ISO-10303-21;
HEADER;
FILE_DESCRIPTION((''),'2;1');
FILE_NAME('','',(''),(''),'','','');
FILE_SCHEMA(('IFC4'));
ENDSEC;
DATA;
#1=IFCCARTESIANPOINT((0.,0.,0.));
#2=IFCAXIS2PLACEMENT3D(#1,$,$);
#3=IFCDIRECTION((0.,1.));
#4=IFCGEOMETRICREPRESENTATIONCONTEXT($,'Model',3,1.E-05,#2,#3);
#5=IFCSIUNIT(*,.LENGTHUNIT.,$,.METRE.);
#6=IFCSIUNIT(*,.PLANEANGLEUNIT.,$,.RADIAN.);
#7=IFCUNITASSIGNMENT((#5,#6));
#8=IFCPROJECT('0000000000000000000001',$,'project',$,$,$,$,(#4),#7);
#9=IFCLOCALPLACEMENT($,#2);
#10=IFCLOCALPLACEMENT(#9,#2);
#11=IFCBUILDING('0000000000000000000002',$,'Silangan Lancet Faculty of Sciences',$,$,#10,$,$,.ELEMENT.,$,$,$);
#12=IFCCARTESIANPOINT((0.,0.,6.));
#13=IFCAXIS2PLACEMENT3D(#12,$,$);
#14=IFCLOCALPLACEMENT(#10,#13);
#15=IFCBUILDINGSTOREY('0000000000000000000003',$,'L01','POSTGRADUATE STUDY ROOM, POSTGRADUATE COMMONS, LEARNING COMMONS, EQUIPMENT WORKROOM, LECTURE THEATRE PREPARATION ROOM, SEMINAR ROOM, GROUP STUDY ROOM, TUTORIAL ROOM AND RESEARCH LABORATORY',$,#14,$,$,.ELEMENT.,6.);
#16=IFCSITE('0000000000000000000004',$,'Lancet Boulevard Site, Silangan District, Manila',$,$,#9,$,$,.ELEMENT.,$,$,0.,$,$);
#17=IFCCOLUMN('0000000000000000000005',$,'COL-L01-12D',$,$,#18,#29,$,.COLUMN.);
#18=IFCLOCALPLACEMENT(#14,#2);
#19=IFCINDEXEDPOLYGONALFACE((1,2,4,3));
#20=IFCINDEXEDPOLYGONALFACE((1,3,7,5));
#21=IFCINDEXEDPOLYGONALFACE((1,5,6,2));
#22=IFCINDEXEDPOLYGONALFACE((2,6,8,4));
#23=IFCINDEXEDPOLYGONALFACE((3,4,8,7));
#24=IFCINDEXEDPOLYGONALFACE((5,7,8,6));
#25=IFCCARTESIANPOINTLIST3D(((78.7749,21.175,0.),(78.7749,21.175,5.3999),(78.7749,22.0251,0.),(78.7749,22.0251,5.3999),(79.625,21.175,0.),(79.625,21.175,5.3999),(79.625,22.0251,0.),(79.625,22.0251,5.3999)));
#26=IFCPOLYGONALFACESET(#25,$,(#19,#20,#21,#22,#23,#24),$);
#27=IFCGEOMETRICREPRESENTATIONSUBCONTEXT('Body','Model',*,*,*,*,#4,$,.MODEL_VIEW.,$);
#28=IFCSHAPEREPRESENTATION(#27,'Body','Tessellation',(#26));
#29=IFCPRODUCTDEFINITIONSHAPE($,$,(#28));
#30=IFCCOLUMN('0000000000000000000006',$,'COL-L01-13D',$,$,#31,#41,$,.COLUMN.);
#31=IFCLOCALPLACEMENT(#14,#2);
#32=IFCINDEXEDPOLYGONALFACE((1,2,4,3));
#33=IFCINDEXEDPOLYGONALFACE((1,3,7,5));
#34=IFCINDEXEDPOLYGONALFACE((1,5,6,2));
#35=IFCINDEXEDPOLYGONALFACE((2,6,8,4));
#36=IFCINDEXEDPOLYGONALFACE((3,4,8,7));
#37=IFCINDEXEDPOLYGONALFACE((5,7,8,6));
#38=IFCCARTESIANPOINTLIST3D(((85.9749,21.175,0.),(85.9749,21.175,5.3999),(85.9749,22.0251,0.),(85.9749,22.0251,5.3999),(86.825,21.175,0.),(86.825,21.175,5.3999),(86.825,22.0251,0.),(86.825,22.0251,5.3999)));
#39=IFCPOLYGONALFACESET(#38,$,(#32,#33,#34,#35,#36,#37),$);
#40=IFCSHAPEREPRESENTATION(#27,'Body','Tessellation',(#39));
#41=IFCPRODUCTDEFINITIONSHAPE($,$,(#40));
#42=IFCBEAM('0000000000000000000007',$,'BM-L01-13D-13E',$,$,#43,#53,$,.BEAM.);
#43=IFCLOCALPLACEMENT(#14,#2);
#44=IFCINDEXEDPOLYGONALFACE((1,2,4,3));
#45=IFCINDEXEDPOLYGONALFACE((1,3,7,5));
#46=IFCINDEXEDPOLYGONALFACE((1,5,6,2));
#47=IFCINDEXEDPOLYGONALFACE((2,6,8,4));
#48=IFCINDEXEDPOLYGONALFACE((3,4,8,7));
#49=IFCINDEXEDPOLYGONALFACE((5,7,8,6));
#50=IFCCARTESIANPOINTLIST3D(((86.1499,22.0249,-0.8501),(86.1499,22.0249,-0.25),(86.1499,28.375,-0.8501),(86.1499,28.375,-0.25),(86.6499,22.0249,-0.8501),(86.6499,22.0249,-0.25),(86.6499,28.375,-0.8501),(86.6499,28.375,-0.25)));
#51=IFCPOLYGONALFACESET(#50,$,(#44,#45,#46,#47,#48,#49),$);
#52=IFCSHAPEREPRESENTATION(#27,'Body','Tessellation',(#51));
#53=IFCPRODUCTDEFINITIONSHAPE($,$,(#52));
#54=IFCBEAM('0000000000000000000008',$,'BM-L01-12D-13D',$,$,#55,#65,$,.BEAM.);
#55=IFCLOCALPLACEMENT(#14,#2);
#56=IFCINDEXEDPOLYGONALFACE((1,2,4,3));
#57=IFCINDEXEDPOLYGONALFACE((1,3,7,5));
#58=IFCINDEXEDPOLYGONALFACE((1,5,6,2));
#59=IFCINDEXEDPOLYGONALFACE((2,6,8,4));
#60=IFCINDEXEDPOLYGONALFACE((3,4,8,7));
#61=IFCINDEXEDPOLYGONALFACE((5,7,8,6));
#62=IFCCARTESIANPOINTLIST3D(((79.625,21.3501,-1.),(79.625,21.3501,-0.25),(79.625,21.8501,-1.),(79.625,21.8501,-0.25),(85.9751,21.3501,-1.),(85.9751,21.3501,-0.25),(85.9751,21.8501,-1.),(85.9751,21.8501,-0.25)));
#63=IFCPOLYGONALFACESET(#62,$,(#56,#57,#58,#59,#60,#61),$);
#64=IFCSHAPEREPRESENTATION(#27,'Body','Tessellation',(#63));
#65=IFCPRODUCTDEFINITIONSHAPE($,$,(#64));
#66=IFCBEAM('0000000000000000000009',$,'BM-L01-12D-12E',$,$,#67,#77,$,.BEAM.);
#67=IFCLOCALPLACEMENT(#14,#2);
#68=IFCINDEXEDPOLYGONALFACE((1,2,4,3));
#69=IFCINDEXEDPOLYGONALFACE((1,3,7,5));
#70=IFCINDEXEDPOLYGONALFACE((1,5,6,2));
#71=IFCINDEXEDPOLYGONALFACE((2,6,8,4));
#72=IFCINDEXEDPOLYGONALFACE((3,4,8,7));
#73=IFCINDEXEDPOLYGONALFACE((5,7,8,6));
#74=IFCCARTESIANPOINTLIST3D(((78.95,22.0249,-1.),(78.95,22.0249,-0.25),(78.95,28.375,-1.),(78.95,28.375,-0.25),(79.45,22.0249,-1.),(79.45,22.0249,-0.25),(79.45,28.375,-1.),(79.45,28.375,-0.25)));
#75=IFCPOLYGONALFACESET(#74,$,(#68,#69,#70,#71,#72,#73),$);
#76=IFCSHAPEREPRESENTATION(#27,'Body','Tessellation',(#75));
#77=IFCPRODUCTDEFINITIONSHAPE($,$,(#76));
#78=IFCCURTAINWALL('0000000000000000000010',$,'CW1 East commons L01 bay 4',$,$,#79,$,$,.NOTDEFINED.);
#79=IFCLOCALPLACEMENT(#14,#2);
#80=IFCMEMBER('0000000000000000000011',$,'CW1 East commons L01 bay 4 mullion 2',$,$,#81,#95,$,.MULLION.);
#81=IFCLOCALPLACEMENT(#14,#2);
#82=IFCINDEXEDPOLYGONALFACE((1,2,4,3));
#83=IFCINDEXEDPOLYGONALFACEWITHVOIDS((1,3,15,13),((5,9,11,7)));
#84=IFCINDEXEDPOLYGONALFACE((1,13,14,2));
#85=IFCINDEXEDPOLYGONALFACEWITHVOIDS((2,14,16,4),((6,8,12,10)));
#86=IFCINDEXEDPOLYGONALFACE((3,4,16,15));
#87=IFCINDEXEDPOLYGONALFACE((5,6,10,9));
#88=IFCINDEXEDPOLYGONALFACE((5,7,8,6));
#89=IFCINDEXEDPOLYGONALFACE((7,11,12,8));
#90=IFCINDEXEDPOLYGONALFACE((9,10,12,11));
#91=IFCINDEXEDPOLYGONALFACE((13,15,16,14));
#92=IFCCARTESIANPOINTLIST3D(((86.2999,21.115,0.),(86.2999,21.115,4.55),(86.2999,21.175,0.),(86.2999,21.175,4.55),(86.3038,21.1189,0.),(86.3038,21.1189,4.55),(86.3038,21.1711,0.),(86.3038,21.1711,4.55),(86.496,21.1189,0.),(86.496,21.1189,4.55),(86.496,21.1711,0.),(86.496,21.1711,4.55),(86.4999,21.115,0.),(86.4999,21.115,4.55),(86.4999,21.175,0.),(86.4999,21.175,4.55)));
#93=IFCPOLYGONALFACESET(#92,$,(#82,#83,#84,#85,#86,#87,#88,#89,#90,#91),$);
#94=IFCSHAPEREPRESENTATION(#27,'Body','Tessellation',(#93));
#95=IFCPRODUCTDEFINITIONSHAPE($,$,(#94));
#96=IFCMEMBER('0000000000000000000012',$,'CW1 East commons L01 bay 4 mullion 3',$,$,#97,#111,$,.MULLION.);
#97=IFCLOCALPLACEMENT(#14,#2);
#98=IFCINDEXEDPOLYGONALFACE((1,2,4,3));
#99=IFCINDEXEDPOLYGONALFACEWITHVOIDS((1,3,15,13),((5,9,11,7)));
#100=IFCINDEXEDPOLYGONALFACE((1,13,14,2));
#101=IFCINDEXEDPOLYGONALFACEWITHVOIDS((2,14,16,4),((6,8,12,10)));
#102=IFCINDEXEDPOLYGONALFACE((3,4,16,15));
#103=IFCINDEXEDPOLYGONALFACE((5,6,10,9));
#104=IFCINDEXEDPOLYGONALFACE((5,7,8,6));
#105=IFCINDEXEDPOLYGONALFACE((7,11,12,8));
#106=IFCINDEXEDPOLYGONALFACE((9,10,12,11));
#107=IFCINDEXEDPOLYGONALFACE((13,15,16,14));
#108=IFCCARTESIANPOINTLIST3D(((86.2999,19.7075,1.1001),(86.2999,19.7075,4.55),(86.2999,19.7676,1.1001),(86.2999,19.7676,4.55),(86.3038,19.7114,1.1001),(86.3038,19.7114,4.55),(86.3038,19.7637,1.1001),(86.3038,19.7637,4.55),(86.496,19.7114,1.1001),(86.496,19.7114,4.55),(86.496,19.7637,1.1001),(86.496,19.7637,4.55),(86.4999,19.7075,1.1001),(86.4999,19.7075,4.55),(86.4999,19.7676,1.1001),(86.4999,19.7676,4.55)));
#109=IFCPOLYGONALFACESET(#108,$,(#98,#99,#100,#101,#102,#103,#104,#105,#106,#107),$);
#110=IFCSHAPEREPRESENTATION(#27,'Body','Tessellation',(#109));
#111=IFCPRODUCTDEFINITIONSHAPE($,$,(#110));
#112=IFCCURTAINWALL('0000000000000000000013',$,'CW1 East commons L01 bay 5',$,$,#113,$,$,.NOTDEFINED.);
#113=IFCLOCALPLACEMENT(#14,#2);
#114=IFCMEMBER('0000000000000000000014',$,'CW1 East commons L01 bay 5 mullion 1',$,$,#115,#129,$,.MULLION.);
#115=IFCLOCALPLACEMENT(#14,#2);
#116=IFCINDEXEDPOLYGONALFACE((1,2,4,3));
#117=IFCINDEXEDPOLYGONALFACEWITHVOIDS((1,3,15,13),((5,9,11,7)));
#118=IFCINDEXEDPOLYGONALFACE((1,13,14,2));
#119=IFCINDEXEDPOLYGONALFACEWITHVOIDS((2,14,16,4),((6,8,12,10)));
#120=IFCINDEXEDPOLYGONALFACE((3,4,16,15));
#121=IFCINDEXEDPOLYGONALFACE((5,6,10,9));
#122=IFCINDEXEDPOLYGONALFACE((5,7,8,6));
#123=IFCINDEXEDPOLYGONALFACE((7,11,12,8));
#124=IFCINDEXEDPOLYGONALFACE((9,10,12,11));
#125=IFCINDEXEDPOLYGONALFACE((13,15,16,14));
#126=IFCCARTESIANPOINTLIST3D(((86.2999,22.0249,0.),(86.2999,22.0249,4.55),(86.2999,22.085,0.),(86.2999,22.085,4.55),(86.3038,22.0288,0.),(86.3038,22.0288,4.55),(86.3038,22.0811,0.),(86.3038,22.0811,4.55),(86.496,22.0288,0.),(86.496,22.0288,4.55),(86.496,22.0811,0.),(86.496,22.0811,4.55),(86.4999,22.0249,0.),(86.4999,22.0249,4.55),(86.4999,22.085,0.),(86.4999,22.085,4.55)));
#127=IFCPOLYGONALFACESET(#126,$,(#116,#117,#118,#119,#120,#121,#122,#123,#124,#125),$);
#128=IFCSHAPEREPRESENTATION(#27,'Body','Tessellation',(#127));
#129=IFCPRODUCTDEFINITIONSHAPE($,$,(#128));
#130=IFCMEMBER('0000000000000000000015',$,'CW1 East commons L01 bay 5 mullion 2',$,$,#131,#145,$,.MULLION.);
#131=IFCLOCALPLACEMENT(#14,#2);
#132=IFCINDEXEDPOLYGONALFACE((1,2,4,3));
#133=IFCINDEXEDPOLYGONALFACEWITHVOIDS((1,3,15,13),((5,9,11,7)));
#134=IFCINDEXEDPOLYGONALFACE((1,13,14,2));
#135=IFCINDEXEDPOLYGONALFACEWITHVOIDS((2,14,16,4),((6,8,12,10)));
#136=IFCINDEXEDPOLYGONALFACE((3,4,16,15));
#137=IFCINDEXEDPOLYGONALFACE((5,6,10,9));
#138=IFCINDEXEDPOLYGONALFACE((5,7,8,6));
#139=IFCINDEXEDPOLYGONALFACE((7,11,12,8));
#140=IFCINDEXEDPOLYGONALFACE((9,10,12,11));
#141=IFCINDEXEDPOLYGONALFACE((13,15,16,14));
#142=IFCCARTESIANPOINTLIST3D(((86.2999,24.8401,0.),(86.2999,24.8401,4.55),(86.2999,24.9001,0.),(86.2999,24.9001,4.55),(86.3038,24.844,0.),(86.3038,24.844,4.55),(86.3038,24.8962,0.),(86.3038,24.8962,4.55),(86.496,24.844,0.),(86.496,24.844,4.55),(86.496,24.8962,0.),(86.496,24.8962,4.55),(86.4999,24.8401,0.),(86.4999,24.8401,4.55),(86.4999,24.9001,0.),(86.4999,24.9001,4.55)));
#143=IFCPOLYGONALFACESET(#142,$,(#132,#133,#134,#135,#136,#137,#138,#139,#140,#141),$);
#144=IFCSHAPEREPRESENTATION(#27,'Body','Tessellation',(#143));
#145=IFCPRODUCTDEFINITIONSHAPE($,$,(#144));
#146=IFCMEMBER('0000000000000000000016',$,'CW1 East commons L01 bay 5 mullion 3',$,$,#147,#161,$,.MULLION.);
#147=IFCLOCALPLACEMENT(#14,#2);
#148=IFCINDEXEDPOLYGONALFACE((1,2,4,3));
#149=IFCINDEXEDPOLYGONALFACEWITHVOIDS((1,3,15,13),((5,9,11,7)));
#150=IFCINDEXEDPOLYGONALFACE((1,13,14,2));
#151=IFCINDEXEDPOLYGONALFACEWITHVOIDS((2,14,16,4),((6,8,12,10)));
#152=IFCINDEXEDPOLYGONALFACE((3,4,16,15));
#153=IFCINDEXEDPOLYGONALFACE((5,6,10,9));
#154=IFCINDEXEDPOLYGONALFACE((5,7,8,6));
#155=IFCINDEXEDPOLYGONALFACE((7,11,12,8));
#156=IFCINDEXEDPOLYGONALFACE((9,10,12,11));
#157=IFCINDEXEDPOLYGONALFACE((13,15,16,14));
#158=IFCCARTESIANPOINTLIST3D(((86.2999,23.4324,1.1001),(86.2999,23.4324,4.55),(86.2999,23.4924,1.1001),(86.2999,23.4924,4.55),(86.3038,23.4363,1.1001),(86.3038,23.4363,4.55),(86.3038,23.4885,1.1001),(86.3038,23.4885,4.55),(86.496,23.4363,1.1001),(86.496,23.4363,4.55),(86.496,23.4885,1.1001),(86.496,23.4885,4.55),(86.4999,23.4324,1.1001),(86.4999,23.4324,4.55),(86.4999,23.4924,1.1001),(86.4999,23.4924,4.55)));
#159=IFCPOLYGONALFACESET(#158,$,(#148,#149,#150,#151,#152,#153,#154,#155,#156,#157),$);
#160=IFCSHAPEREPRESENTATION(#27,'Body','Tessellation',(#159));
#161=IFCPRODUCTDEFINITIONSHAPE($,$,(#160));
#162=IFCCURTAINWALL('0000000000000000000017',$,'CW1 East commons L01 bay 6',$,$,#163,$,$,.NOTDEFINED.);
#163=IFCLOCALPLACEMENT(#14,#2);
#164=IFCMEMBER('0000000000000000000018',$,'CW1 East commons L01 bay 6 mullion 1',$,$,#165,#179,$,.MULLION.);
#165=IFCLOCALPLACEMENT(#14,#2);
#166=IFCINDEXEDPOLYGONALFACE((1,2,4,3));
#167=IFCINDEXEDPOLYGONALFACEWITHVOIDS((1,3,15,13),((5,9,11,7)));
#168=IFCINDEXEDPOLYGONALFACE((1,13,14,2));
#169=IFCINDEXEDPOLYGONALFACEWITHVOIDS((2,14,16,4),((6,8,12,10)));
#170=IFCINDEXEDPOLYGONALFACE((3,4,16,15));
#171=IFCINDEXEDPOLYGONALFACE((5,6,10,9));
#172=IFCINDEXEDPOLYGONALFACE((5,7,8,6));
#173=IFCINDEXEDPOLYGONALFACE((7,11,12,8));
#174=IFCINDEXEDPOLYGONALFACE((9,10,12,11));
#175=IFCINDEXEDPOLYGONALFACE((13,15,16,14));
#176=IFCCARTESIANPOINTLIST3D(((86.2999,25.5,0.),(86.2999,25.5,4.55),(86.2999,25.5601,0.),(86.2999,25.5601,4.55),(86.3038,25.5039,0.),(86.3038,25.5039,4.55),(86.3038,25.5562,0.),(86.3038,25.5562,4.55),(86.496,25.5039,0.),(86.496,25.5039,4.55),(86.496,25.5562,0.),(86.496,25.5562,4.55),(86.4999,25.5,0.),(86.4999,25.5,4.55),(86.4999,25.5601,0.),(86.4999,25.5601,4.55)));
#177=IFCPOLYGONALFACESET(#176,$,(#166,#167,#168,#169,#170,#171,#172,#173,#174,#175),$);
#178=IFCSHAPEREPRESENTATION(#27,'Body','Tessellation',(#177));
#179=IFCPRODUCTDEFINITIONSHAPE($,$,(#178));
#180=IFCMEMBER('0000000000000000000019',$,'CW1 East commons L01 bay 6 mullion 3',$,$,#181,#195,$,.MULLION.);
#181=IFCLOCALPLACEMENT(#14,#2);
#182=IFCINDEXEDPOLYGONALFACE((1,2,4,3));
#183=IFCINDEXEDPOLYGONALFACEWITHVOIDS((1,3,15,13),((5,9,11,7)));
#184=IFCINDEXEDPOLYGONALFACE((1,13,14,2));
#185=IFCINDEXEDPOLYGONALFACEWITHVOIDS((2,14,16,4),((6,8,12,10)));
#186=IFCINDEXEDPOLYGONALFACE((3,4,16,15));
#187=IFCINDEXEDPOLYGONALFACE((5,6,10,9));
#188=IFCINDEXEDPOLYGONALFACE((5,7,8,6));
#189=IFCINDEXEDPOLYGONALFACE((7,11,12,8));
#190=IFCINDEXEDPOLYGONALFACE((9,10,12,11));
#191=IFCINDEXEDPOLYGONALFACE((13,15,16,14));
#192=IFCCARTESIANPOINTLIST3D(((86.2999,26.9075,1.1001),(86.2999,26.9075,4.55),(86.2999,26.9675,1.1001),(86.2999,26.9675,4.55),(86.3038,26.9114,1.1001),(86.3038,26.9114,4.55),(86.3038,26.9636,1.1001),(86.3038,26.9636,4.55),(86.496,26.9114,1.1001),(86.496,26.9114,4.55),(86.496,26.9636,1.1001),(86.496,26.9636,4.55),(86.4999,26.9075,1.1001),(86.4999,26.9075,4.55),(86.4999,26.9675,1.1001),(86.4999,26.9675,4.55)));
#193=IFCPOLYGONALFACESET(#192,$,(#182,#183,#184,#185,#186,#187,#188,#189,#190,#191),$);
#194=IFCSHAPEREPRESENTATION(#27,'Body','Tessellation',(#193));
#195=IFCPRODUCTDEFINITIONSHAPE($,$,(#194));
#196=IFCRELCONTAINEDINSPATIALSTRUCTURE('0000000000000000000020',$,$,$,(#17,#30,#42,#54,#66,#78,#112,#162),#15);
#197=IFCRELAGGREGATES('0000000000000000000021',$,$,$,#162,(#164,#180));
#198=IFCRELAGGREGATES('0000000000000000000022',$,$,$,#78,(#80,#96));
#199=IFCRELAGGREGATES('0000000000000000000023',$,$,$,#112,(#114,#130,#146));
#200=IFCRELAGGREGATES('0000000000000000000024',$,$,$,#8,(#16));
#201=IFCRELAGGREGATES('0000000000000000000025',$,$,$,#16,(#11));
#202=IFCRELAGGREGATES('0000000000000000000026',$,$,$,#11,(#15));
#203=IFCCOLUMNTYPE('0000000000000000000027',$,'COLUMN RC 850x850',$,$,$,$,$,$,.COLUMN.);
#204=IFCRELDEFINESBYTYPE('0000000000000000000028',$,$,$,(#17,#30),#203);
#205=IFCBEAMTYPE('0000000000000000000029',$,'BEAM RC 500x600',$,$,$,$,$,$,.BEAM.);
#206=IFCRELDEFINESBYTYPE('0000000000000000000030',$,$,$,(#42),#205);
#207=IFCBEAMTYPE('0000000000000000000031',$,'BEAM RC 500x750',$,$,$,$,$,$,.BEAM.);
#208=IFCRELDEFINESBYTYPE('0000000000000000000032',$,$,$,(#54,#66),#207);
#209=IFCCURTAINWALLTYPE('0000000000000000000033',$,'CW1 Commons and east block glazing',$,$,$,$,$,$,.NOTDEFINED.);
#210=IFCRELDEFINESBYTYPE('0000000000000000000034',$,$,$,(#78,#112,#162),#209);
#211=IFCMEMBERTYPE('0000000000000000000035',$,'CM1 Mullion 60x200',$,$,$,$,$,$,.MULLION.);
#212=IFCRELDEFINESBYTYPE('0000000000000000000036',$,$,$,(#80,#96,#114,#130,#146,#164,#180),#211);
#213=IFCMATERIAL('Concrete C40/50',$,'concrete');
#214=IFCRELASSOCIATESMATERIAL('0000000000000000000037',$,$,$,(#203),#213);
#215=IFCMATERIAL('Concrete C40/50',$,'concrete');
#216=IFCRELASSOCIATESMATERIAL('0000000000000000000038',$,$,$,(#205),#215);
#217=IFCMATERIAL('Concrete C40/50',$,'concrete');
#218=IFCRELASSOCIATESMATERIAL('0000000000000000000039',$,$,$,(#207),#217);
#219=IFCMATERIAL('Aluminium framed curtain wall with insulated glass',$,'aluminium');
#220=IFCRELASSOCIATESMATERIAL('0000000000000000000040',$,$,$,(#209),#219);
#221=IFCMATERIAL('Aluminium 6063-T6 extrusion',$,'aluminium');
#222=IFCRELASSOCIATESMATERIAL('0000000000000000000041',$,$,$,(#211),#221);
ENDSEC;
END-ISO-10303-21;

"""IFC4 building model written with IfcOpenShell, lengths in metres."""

from ifc_helpers import new_model, si_unit, direction, frame, origin, origin_2d, place, context, subcontext, project, spatial, rectangle, hollow_rectangle, extrude, material, material_profile, profile_set, type_object, element, aggregate, save


model = new_model("IFC4")

# Units and contexts
model_context = context("Model", 3, precision=1e-05, world=origin(), true_north=direction((0.0, 1.0)))
body_context = subcontext(model_context, "Body", "Model", "MODEL_VIEW")
ifc_project = project(units=[si_unit("LENGTHUNIT", "METRE"), si_unit("PLANEANGLEUNIT", "RADIAN")], contexts=[model_context])

# Site, building, storey
site_placement = place(None, origin())
site = spatial("IfcSite", under=ifc_project, at=site_placement, Name="Lancet Boulevard Site, Silangan District, Manila", CompositionType="ELEMENT", RefElevation=0.0)
building_placement = place(site_placement, origin())
building = spatial("IfcBuilding", under=site, at=building_placement, Name="Silangan Lancet Faculty of Sciences", CompositionType="ELEMENT")
storey_placement = place(building_placement, frame((0.0, 0.0, 6.0)))
storey = spatial("IfcBuildingStorey", under=building, at=storey_placement, Name="L01", Description="POSTGRADUATE STUDY ROOM, POSTGRADUATE COMMONS, LEARNING COMMONS, EQUIPMENT WORKROOM, LECTURE THEATRE PREPARATION ROOM, SEMINAR ROOM, GROUP STUDY ROOM, TUTORIAL ROOM AND RESEARCH LABORATORY", CompositionType="ELEMENT", Elevation=6.0)

# Columns
ifc_material_1 = material(Name="Concrete C40/50", Category="concrete")
ifc_material_profile_1 = material_profile(ifc_material_1, rectangle(XDim=0.8501, YDim=0.8501, at=origin_2d()), Name="RC 850x850")
ifc_profile_set_1 = profile_set([ifc_material_profile_1], Name="Concrete C40/50")
column_type = type_object("IfcColumnType", Name="COLUMN RC 850x850", PredefinedType="COLUMN", material=ifc_profile_set_1)
for number, where, z_axis, x_axis, name in (
    (1, (79.2, 21.6001, 0.0), (0.0, 0.0, 1.0), (1.0, 0.0, 0.0), "COL-L01-12D"),
    (2, (86.3999, 21.6001, 0.0), (0.0, 0.0, 1.0), (1.0, 0.0, 0.0), "COL-L01-13D"),
):
    element("IfcColumn", number, at=place(storey_placement, frame(where, z_axis=z_axis, x_axis=x_axis)), inside=storey, type_object=column_type, Name=name, PredefinedType="COLUMN", context=body_context, shape_type="SweptSolid", body=[
        extrude(rectangle(XDim=0.8501, YDim=0.8501, at=origin_2d()), origin(), (0.0, 0.0, 1.0), 5.3999),
    ])

# Beams
ifc_material_2 = material(Name="Concrete C40/50", Category="concrete")
ifc_material_profile_2 = material_profile(ifc_material_2, rectangle(XDim=0.5, YDim=0.6001, at=origin_2d()), Name="RC 500x600")
ifc_profile_set_2 = profile_set([ifc_material_profile_2], Name="Concrete C40/50")
beam_type_1 = type_object("IfcBeamType", Name="BEAM RC 500x600", PredefinedType="BEAM", material=ifc_profile_set_2)
beam_placement = place(storey_placement, frame((86.3999, 22.0249, -0.55), z_axis=(0.0, 1.0, 0.0), x_axis=(-1.0, 0.0, 0.0)))
element("IfcBeam", 3, at=beam_placement, inside=storey, type_object=beam_type_1, Name="BM-L01-13D-13E", PredefinedType="BEAM", context=body_context, shape_type="SweptSolid", body=[
    extrude(rectangle(XDim=0.5, YDim=0.6001, at=origin_2d()), origin(), (0.0, 0.0, 1.0), 6.3501),
])
ifc_material_3 = material(Name="Concrete C40/50", Category="concrete")
ifc_material_profile_3 = material_profile(ifc_material_3, rectangle(XDim=0.5, YDim=0.75, at=origin_2d()), Name="RC 500x750")
ifc_profile_set_3 = profile_set([ifc_material_profile_3], Name="Concrete C40/50")
beam_type_2 = type_object("IfcBeamType", Name="BEAM RC 500x750", PredefinedType="BEAM", material=ifc_profile_set_3)
for number, where, z_axis, x_axis, name in (
    (4, (79.625, 21.6001, -0.625), (1.0, 0.0, 0.0), (0.0, 1.0, 0.0), "BM-L01-12D-13D"),
    (5, (79.2, 22.0249, -0.625), (0.0, 1.0, 0.0), (-1.0, 0.0, 0.0), "BM-L01-12D-12E"),
):
    element("IfcBeam", number, at=place(storey_placement, frame(where, z_axis=z_axis, x_axis=x_axis)), inside=storey, type_object=beam_type_2, Name=name, PredefinedType="BEAM", context=body_context, shape_type="SweptSolid", body=[
        extrude(rectangle(XDim=0.5, YDim=0.75, at=origin_2d()), origin(), (0.0, 0.0, 1.0), 6.3501),
    ])

# Curtain walls, members
ifc_material_4 = material(Name="Aluminium framed curtain wall with insulated glass", Category="aluminium")
curtain_wall_type = type_object("IfcCurtainWallType", Name="CW1 Commons and east block glazing", PredefinedType="NOTDEFINED", material=ifc_material_4)
curtain_wall_1_placement = place(storey_placement, origin())
curtain_wall_1 = element("IfcCurtainWall", 6, at=curtain_wall_1_placement, inside=storey, type_object=curtain_wall_type, Name="CW1 East commons L01 bay 4", PredefinedType="NOTDEFINED")
ifc_material_5 = material(Name="Aluminium 6063-T6 extrusion", Category="aluminium")
ifc_material_profile_4 = material_profile(ifc_material_5, hollow_rectangle(XDim=0.0601, YDim=0.2, WallThickness=0.0039, at=origin_2d()), Name="AL BOX 60x200x4")
ifc_profile_set_4 = profile_set([ifc_material_profile_4], Name="Aluminium 6063-T6 extrusion")
member_type_1 = type_object("IfcMemberType", Name="CM1 Mullion 60x200", PredefinedType="MULLION", material=ifc_profile_set_4)
member_1_placement = place(storey_placement, frame((86.3999, 21.145, 0.0), z_axis=(0.0, 0.0, 1.0), x_axis=(0.0, 1.0, 0.0)))
member_1 = element("IfcMember", 7, at=member_1_placement, type_object=member_type_1, Name="CW1 East commons L01 bay 4 mullion 2", PredefinedType="MULLION", context=body_context, shape_type="SweptSolid", body=[
    extrude(hollow_rectangle(XDim=0.0601, YDim=0.2, WallThickness=0.0039, at=origin_2d()), origin(), (0.0, 0.0, 1.0), 4.55),
])
member_2_placement = place(storey_placement, frame((86.3999, 19.7375, 1.1001), z_axis=(0.0, 0.0, 1.0), x_axis=(0.0, 1.0, 0.0)))
member_2 = element("IfcMember", 8, at=member_2_placement, type_object=member_type_1, Name="CW1 East commons L01 bay 4 mullion 3", PredefinedType="MULLION", context=body_context, shape_type="SweptSolid", body=[
    extrude(hollow_rectangle(XDim=0.0601, YDim=0.2, WallThickness=0.0039, at=origin_2d()), origin(), (0.0, 0.0, 1.0), 3.45),
])
curtain_wall_2_placement = place(storey_placement, origin())
curtain_wall_2 = element("IfcCurtainWall", 9, at=curtain_wall_2_placement, inside=storey, type_object=curtain_wall_type, Name="CW1 East commons L01 bay 5", PredefinedType="NOTDEFINED")
member_3_placement = place(storey_placement, frame((86.3999, 22.0549, 0.0), z_axis=(0.0, 0.0, 1.0), x_axis=(0.0, 1.0, 0.0)))
member_3 = element("IfcMember", 10, at=member_3_placement, type_object=member_type_1, Name="CW1 East commons L01 bay 5 mullion 1", PredefinedType="MULLION", context=body_context, shape_type="SweptSolid", body=[
    extrude(hollow_rectangle(XDim=0.0601, YDim=0.2, WallThickness=0.0039, at=origin_2d()), origin(), (0.0, 0.0, 1.0), 4.55),
])
member_4_placement = place(storey_placement, frame((86.3999, 24.8701, 0.0), z_axis=(0.0, 0.0, 1.0), x_axis=(0.0, 1.0, 0.0)))
member_4 = element("IfcMember", 11, at=member_4_placement, type_object=member_type_1, Name="CW1 East commons L01 bay 5 mullion 2", PredefinedType="MULLION", context=body_context, shape_type="SweptSolid", body=[
    extrude(hollow_rectangle(XDim=0.0601, YDim=0.2, WallThickness=0.0039, at=origin_2d()), origin(), (0.0, 0.0, 1.0), 4.55),
])
member_5_placement = place(storey_placement, frame((86.3999, 23.4624, 1.1001), z_axis=(0.0, 0.0, 1.0), x_axis=(0.0, 1.0, 0.0)))
member_5 = element("IfcMember", 12, at=member_5_placement, type_object=member_type_1, Name="CW1 East commons L01 bay 5 mullion 3", PredefinedType="MULLION", context=body_context, shape_type="SweptSolid", body=[
    extrude(hollow_rectangle(XDim=0.0601, YDim=0.2, WallThickness=0.0039, at=origin_2d()), origin(), (0.0, 0.0, 1.0), 3.45),
])
curtain_wall_3_placement = place(storey_placement, origin())
curtain_wall_3 = element("IfcCurtainWall", 13, at=curtain_wall_3_placement, inside=storey, type_object=curtain_wall_type, Name="CW1 East commons L01 bay 6", PredefinedType="NOTDEFINED")
member_6_placement = place(storey_placement, frame((86.3999, 25.53, 0.0), z_axis=(0.0, 0.0, 1.0), x_axis=(0.0, 1.0, 0.0)))
member_6 = element("IfcMember", 14, at=member_6_placement, type_object=member_type_1, Name="CW1 East commons L01 bay 6 mullion 1", PredefinedType="MULLION", context=body_context, shape_type="SweptSolid", body=[
    extrude(hollow_rectangle(XDim=0.0601, YDim=0.2, WallThickness=0.0039, at=origin_2d()), origin(), (0.0, 0.0, 1.0), 4.55),
])
member_7_placement = place(storey_placement, frame((86.3999, 26.9375, 1.1001), z_axis=(0.0, 0.0, 1.0), x_axis=(0.0, 1.0, 0.0)))
member_7 = element("IfcMember", 15, at=member_7_placement, type_object=member_type_1, Name="CW1 East commons L01 bay 6 mullion 3", PredefinedType="MULLION", context=body_context, shape_type="SweptSolid", body=[
    extrude(hollow_rectangle(XDim=0.0601, YDim=0.2, WallThickness=0.0039, at=origin_2d()), origin(), (0.0, 0.0, 1.0), 3.45),
])

aggregate(curtain_wall_3, [member_6, member_7])
aggregate(curtain_wall_1, [member_1, member_2])
aggregate(curtain_wall_2, [member_3, member_4, member_5])

save(model, "model.ifc")
